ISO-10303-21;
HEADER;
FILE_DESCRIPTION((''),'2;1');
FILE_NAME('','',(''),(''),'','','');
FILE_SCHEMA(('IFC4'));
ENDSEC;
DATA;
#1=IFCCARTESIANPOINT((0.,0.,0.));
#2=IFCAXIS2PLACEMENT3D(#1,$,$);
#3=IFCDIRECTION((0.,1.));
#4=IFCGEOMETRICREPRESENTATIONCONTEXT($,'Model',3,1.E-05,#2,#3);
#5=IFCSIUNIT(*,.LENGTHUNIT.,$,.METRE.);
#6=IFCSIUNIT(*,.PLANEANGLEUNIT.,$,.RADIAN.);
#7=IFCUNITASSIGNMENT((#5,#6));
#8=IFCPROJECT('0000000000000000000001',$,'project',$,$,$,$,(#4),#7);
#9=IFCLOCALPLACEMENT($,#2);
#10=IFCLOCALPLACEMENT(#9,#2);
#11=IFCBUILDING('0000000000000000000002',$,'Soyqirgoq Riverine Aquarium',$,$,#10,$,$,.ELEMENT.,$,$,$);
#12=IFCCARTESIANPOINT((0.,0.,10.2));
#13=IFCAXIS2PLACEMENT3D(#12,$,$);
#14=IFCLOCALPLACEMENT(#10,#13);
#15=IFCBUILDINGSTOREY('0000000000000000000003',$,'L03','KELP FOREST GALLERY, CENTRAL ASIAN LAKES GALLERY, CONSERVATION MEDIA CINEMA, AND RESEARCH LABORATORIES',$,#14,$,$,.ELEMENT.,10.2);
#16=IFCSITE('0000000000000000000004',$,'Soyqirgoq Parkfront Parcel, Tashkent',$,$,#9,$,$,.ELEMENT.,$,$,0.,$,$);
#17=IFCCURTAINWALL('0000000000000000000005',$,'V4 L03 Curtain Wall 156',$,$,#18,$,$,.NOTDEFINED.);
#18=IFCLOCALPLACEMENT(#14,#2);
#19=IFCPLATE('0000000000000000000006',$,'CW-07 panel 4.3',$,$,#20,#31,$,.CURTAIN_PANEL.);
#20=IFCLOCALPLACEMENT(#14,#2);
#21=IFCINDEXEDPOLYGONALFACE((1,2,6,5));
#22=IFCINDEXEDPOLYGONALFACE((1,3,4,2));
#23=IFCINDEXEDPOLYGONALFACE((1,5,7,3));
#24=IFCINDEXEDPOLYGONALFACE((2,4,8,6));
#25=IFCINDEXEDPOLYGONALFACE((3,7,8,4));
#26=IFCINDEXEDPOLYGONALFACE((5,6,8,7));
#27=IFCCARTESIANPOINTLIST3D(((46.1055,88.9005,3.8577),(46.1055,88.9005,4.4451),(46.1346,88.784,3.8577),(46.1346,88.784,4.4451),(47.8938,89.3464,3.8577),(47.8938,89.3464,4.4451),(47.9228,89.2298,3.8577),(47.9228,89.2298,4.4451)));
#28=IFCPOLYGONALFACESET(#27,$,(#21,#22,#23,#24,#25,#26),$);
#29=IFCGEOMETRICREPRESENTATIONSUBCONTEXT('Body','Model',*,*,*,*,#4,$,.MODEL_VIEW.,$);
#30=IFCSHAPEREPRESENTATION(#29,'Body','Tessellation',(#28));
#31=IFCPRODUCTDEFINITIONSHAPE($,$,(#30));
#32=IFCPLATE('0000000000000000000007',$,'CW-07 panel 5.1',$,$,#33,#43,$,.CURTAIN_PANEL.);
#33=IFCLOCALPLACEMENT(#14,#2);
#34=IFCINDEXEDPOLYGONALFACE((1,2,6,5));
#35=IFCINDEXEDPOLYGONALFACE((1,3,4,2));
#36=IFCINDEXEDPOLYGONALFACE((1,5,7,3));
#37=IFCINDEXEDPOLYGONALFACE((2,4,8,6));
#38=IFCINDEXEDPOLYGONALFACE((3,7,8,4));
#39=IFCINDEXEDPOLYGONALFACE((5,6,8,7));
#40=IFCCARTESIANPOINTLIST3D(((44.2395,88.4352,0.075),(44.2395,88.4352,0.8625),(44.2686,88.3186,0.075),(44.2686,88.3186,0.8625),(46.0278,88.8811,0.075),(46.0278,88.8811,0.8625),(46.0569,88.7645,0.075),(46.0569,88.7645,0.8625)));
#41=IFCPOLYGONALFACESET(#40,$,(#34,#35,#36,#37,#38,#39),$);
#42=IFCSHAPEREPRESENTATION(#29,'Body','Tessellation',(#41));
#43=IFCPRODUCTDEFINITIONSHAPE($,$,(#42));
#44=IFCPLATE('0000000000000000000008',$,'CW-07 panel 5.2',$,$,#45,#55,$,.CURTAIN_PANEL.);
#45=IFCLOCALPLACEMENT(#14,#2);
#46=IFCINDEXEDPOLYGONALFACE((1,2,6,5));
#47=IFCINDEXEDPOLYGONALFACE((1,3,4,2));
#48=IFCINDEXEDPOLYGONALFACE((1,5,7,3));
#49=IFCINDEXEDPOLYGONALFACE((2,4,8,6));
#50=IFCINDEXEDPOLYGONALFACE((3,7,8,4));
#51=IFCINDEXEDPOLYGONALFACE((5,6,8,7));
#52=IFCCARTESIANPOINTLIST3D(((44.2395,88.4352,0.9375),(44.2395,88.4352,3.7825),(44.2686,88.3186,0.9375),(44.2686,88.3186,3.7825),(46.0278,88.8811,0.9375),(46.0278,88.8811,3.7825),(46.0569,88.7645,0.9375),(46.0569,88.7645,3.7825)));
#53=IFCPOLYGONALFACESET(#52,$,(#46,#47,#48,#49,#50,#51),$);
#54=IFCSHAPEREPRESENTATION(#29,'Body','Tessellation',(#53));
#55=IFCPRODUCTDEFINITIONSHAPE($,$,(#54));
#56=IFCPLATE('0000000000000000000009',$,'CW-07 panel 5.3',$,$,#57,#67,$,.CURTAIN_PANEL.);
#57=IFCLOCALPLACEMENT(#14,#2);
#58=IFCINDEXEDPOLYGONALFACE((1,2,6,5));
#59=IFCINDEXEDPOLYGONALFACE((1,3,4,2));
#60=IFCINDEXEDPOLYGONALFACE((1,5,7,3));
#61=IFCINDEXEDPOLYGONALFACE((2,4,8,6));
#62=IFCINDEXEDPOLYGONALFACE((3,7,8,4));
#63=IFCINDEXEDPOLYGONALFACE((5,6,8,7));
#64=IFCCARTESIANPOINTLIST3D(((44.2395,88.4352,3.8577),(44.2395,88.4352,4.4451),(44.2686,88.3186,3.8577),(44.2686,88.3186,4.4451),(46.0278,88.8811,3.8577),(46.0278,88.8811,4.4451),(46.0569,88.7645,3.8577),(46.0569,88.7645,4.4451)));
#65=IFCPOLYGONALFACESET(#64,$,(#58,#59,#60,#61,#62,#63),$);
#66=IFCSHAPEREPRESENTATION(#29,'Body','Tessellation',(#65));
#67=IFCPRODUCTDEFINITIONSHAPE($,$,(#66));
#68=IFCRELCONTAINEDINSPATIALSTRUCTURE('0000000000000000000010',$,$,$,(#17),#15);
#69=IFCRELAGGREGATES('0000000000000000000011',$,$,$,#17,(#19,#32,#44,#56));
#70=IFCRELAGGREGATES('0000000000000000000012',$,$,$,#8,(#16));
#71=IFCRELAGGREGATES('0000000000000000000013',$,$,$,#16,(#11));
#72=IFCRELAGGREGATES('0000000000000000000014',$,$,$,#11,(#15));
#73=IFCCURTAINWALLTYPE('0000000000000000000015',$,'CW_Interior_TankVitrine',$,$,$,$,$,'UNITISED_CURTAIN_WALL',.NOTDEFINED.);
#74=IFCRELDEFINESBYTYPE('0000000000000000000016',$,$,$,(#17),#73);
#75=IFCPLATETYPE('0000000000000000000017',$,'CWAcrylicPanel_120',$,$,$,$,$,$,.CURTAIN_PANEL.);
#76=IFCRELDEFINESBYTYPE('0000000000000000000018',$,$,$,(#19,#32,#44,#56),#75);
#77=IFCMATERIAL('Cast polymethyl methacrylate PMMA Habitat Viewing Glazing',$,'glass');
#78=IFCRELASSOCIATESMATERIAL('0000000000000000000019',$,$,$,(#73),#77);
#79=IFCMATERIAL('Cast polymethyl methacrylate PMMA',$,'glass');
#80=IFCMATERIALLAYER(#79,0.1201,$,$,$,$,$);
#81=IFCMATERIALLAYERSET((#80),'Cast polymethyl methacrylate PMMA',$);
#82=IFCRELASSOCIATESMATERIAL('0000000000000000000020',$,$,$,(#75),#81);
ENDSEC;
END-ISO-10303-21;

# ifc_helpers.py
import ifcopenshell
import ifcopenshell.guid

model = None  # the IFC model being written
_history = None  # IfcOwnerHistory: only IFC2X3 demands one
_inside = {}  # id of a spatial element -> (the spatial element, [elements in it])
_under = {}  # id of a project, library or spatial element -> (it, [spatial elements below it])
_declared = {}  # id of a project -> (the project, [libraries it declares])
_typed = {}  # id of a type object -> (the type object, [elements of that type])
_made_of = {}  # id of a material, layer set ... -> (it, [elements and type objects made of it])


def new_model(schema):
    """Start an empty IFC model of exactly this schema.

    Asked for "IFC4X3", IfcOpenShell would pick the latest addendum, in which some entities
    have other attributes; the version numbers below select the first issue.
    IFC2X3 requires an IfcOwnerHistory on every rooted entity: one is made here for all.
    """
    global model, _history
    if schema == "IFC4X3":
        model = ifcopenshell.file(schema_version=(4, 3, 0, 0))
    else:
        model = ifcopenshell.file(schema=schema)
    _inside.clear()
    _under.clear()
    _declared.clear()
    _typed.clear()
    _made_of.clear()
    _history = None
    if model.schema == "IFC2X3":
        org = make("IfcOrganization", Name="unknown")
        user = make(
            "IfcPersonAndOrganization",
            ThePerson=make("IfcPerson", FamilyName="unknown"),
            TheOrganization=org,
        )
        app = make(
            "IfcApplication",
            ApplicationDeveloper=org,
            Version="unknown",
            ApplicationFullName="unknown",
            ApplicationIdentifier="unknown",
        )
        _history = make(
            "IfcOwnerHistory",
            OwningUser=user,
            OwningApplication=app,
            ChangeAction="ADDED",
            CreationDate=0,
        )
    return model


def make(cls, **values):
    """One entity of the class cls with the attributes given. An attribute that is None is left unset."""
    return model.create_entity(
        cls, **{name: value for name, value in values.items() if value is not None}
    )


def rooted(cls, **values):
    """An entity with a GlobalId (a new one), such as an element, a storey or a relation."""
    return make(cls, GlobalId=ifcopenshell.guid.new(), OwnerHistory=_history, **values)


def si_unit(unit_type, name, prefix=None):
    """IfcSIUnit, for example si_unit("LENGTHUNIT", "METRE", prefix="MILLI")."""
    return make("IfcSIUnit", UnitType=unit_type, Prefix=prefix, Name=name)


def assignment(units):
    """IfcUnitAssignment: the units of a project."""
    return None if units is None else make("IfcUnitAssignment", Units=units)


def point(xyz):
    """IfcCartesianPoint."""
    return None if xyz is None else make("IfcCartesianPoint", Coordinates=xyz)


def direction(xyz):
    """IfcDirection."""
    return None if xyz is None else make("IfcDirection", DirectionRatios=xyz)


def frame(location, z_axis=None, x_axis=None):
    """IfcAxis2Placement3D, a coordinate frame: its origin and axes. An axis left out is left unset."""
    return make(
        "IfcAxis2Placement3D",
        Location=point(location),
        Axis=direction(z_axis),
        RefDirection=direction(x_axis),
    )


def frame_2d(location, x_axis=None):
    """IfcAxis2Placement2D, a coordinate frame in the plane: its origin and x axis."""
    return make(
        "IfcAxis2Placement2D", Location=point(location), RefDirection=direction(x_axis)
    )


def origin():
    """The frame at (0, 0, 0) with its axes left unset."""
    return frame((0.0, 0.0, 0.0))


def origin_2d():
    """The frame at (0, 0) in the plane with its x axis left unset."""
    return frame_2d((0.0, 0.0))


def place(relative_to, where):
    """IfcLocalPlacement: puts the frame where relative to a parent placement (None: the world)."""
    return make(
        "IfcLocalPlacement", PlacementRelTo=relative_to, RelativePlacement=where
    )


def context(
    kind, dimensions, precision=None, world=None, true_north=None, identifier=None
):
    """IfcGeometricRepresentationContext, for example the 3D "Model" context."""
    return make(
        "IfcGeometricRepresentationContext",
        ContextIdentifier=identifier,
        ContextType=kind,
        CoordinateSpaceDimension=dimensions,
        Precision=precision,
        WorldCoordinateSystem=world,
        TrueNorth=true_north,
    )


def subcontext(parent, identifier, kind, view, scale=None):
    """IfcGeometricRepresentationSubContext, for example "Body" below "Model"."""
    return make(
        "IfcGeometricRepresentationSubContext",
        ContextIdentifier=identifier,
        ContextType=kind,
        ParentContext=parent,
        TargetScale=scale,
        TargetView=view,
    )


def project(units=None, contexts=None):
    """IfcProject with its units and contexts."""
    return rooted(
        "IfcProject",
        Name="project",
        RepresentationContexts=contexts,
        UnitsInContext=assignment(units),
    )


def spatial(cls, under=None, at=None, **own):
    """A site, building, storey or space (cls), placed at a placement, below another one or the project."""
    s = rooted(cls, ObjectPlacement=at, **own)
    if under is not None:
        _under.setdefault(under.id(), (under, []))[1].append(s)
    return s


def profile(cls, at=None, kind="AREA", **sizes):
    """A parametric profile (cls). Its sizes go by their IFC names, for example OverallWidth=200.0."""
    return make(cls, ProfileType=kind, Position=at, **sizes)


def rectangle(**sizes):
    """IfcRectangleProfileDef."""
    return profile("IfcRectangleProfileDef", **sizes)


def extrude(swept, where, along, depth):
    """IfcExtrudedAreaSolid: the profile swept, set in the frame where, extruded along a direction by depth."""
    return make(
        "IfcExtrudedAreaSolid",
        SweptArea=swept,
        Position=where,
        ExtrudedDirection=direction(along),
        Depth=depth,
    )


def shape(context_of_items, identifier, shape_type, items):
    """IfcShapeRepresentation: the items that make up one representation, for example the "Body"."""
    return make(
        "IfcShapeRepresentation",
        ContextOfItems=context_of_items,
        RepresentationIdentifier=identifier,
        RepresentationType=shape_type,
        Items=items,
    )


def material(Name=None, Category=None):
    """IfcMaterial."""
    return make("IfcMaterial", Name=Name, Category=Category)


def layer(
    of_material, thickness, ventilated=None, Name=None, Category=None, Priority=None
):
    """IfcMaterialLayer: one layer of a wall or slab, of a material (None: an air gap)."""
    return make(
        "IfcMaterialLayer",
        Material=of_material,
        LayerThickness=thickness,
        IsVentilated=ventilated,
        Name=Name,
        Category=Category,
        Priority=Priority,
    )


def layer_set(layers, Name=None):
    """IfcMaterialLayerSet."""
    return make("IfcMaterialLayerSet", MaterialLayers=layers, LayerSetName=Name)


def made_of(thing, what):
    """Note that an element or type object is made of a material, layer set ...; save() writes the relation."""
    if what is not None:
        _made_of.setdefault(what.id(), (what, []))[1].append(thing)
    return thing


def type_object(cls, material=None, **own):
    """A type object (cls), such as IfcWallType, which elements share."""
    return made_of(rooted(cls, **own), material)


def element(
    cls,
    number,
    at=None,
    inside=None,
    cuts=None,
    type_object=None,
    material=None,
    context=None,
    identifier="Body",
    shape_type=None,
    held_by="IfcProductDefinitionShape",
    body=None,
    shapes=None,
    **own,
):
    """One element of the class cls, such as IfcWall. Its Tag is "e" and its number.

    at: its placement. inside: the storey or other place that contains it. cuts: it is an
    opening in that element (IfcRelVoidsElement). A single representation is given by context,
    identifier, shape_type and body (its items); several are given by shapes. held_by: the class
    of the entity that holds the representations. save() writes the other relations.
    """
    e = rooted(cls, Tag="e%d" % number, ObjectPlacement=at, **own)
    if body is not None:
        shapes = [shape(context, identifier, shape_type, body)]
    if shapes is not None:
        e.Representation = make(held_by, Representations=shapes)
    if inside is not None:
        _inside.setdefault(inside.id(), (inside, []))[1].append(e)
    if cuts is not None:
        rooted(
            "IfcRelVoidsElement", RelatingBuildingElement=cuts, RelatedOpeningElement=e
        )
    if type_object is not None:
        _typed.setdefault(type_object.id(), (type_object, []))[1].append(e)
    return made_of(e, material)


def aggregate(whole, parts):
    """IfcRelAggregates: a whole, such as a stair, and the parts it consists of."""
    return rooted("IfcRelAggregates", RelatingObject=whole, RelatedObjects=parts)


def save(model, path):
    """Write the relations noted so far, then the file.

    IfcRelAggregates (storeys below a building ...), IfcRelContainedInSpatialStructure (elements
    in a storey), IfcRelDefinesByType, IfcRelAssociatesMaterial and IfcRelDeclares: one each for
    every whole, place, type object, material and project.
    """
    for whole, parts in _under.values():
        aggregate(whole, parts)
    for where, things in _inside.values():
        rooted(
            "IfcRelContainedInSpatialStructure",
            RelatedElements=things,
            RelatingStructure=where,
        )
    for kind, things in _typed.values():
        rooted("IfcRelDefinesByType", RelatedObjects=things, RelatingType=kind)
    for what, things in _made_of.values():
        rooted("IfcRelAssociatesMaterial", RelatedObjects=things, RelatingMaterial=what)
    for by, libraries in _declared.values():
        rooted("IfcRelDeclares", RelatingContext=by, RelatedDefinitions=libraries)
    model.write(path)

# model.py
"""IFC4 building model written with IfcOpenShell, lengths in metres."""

from ifc_helpers import new_model, si_unit, direction, frame, origin, origin_2d, place, context, subcontext, project, spatial, rectangle, extrude, material, layer, layer_set, type_object, element, aggregate, save


model = new_model("IFC4")

# Units and contexts
model_context = context("Model", 3, precision=1e-05, world=origin(), true_north=direction((0.0, 1.0)))
body_context = subcontext(model_context, "Body", "Model", "MODEL_VIEW")
ifc_project = project(units=[si_unit("LENGTHUNIT", "METRE"), si_unit("PLANEANGLEUNIT", "RADIAN")], contexts=[model_context])

# Site, building, storey
site_placement = place(None, origin())
site = spatial("IfcSite", under=ifc_project, at=site_placement, Name="Soyqirgoq Parkfront Parcel, Tashkent", CompositionType="ELEMENT", RefElevation=0.0)
building_placement = place(site_placement, origin())
building = spatial("IfcBuilding", under=site, at=building_placement, Name="Soyqirgoq Riverine Aquarium", CompositionType="ELEMENT")
storey_placement = place(building_placement, frame((0.0, 0.0, 10.2)))
storey = spatial("IfcBuildingStorey", under=building, at=storey_placement, Name="L03", Description="KELP FOREST GALLERY, CENTRAL ASIAN LAKES GALLERY, CONSERVATION MEDIA CINEMA, AND RESEARCH LABORATORIES", CompositionType="ELEMENT", Elevation=10.2)

# Curtain wall, plates
ifc_material_1 = material(Name="Cast polymethyl methacrylate PMMA Habitat Viewing Glazing", Category="glass")
curtain_wall_type = type_object("IfcCurtainWallType", Name="CW_Interior_TankVitrine", ElementType="UNITISED_CURTAIN_WALL", PredefinedType="NOTDEFINED", material=ifc_material_1)
curtain_wall_placement = place(storey_placement, origin())
curtain_wall = element("IfcCurtainWall", 1, at=curtain_wall_placement, inside=storey, type_object=curtain_wall_type, Name="V4 L03 Curtain Wall 156", PredefinedType="NOTDEFINED")
ifc_material_2 = material(Name="Cast polymethyl methacrylate PMMA", Category="glass")
ifc_layer = layer(ifc_material_2, 0.1201)
ifc_layer_set = layer_set([ifc_layer], Name="Cast polymethyl methacrylate PMMA")
plate_type = type_object("IfcPlateType", Name="CWAcrylicPanel_120", PredefinedType="CURTAIN_PANEL", material=ifc_layer_set)
plate_1_placement = place(storey_placement, frame((47.0142, 89.0652, 3.8577), z_axis=(0.0, 0.0, 1.0), x_axis=(-0.970295, -0.241926, 0.0)))
plate_1 = element("IfcPlate", 2, at=plate_1_placement, type_object=plate_type, Name="CW-07 panel 4.3", PredefinedType="CURTAIN_PANEL", context=body_context, shape_type="SweptSolid", body=[
    extrude(rectangle(XDim=1.843, YDim=0.1201, at=origin_2d()), origin(), (0.0, 0.0, 1.0), 0.5874),
])
plate_2_placement = place(storey_placement, frame((45.1482, 88.5999, 0.075), z_axis=(0.0, 0.0, 1.0), x_axis=(-0.970295, -0.241926, 0.0)))
plate_2 = element("IfcPlate", 3, at=plate_2_placement, type_object=plate_type, Name="CW-07 panel 5.1", PredefinedType="CURTAIN_PANEL", context=body_context, shape_type="SweptSolid", body=[
    extrude(rectangle(XDim=1.843, YDim=0.1201, at=origin_2d()), origin(), (0.0, 0.0, 1.0), 0.7876),
])
plate_3_placement = place(storey_placement, frame((45.1482, 88.5999, 0.9375), z_axis=(0.0, 0.0, 1.0), x_axis=(-0.970295, -0.241926, 0.0)))
plate_3 = element("IfcPlate", 4, at=plate_3_placement, type_object=plate_type, Name="CW-07 panel 5.2", PredefinedType="CURTAIN_PANEL", context=body_context, shape_type="SweptSolid", body=[
    extrude(rectangle(XDim=1.843, YDim=0.1201, at=origin_2d()), origin(), (0.0, 0.0, 1.0), 2.845),
])
plate_4_placement = place(storey_placement, frame((45.1482, 88.5999, 3.8577), z_axis=(0.0, 0.0, 1.0), x_axis=(-0.970295, -0.241926, 0.0)))
plate_4 = element("IfcPlate", 5, at=plate_4_placement, type_object=plate_type, Name="CW-07 panel 5.3", PredefinedType="CURTAIN_PANEL", context=body_context, shape_type="SweptSolid", body=[
    extrude(rectangle(XDim=1.843, YDim=0.1201, at=origin_2d()), origin(), (0.0, 0.0, 1.0), 0.5874),
])
aggregate(curtain_wall, [plate_1, plate_2, plate_3, plate_4])

save(model, "model.ifc")
